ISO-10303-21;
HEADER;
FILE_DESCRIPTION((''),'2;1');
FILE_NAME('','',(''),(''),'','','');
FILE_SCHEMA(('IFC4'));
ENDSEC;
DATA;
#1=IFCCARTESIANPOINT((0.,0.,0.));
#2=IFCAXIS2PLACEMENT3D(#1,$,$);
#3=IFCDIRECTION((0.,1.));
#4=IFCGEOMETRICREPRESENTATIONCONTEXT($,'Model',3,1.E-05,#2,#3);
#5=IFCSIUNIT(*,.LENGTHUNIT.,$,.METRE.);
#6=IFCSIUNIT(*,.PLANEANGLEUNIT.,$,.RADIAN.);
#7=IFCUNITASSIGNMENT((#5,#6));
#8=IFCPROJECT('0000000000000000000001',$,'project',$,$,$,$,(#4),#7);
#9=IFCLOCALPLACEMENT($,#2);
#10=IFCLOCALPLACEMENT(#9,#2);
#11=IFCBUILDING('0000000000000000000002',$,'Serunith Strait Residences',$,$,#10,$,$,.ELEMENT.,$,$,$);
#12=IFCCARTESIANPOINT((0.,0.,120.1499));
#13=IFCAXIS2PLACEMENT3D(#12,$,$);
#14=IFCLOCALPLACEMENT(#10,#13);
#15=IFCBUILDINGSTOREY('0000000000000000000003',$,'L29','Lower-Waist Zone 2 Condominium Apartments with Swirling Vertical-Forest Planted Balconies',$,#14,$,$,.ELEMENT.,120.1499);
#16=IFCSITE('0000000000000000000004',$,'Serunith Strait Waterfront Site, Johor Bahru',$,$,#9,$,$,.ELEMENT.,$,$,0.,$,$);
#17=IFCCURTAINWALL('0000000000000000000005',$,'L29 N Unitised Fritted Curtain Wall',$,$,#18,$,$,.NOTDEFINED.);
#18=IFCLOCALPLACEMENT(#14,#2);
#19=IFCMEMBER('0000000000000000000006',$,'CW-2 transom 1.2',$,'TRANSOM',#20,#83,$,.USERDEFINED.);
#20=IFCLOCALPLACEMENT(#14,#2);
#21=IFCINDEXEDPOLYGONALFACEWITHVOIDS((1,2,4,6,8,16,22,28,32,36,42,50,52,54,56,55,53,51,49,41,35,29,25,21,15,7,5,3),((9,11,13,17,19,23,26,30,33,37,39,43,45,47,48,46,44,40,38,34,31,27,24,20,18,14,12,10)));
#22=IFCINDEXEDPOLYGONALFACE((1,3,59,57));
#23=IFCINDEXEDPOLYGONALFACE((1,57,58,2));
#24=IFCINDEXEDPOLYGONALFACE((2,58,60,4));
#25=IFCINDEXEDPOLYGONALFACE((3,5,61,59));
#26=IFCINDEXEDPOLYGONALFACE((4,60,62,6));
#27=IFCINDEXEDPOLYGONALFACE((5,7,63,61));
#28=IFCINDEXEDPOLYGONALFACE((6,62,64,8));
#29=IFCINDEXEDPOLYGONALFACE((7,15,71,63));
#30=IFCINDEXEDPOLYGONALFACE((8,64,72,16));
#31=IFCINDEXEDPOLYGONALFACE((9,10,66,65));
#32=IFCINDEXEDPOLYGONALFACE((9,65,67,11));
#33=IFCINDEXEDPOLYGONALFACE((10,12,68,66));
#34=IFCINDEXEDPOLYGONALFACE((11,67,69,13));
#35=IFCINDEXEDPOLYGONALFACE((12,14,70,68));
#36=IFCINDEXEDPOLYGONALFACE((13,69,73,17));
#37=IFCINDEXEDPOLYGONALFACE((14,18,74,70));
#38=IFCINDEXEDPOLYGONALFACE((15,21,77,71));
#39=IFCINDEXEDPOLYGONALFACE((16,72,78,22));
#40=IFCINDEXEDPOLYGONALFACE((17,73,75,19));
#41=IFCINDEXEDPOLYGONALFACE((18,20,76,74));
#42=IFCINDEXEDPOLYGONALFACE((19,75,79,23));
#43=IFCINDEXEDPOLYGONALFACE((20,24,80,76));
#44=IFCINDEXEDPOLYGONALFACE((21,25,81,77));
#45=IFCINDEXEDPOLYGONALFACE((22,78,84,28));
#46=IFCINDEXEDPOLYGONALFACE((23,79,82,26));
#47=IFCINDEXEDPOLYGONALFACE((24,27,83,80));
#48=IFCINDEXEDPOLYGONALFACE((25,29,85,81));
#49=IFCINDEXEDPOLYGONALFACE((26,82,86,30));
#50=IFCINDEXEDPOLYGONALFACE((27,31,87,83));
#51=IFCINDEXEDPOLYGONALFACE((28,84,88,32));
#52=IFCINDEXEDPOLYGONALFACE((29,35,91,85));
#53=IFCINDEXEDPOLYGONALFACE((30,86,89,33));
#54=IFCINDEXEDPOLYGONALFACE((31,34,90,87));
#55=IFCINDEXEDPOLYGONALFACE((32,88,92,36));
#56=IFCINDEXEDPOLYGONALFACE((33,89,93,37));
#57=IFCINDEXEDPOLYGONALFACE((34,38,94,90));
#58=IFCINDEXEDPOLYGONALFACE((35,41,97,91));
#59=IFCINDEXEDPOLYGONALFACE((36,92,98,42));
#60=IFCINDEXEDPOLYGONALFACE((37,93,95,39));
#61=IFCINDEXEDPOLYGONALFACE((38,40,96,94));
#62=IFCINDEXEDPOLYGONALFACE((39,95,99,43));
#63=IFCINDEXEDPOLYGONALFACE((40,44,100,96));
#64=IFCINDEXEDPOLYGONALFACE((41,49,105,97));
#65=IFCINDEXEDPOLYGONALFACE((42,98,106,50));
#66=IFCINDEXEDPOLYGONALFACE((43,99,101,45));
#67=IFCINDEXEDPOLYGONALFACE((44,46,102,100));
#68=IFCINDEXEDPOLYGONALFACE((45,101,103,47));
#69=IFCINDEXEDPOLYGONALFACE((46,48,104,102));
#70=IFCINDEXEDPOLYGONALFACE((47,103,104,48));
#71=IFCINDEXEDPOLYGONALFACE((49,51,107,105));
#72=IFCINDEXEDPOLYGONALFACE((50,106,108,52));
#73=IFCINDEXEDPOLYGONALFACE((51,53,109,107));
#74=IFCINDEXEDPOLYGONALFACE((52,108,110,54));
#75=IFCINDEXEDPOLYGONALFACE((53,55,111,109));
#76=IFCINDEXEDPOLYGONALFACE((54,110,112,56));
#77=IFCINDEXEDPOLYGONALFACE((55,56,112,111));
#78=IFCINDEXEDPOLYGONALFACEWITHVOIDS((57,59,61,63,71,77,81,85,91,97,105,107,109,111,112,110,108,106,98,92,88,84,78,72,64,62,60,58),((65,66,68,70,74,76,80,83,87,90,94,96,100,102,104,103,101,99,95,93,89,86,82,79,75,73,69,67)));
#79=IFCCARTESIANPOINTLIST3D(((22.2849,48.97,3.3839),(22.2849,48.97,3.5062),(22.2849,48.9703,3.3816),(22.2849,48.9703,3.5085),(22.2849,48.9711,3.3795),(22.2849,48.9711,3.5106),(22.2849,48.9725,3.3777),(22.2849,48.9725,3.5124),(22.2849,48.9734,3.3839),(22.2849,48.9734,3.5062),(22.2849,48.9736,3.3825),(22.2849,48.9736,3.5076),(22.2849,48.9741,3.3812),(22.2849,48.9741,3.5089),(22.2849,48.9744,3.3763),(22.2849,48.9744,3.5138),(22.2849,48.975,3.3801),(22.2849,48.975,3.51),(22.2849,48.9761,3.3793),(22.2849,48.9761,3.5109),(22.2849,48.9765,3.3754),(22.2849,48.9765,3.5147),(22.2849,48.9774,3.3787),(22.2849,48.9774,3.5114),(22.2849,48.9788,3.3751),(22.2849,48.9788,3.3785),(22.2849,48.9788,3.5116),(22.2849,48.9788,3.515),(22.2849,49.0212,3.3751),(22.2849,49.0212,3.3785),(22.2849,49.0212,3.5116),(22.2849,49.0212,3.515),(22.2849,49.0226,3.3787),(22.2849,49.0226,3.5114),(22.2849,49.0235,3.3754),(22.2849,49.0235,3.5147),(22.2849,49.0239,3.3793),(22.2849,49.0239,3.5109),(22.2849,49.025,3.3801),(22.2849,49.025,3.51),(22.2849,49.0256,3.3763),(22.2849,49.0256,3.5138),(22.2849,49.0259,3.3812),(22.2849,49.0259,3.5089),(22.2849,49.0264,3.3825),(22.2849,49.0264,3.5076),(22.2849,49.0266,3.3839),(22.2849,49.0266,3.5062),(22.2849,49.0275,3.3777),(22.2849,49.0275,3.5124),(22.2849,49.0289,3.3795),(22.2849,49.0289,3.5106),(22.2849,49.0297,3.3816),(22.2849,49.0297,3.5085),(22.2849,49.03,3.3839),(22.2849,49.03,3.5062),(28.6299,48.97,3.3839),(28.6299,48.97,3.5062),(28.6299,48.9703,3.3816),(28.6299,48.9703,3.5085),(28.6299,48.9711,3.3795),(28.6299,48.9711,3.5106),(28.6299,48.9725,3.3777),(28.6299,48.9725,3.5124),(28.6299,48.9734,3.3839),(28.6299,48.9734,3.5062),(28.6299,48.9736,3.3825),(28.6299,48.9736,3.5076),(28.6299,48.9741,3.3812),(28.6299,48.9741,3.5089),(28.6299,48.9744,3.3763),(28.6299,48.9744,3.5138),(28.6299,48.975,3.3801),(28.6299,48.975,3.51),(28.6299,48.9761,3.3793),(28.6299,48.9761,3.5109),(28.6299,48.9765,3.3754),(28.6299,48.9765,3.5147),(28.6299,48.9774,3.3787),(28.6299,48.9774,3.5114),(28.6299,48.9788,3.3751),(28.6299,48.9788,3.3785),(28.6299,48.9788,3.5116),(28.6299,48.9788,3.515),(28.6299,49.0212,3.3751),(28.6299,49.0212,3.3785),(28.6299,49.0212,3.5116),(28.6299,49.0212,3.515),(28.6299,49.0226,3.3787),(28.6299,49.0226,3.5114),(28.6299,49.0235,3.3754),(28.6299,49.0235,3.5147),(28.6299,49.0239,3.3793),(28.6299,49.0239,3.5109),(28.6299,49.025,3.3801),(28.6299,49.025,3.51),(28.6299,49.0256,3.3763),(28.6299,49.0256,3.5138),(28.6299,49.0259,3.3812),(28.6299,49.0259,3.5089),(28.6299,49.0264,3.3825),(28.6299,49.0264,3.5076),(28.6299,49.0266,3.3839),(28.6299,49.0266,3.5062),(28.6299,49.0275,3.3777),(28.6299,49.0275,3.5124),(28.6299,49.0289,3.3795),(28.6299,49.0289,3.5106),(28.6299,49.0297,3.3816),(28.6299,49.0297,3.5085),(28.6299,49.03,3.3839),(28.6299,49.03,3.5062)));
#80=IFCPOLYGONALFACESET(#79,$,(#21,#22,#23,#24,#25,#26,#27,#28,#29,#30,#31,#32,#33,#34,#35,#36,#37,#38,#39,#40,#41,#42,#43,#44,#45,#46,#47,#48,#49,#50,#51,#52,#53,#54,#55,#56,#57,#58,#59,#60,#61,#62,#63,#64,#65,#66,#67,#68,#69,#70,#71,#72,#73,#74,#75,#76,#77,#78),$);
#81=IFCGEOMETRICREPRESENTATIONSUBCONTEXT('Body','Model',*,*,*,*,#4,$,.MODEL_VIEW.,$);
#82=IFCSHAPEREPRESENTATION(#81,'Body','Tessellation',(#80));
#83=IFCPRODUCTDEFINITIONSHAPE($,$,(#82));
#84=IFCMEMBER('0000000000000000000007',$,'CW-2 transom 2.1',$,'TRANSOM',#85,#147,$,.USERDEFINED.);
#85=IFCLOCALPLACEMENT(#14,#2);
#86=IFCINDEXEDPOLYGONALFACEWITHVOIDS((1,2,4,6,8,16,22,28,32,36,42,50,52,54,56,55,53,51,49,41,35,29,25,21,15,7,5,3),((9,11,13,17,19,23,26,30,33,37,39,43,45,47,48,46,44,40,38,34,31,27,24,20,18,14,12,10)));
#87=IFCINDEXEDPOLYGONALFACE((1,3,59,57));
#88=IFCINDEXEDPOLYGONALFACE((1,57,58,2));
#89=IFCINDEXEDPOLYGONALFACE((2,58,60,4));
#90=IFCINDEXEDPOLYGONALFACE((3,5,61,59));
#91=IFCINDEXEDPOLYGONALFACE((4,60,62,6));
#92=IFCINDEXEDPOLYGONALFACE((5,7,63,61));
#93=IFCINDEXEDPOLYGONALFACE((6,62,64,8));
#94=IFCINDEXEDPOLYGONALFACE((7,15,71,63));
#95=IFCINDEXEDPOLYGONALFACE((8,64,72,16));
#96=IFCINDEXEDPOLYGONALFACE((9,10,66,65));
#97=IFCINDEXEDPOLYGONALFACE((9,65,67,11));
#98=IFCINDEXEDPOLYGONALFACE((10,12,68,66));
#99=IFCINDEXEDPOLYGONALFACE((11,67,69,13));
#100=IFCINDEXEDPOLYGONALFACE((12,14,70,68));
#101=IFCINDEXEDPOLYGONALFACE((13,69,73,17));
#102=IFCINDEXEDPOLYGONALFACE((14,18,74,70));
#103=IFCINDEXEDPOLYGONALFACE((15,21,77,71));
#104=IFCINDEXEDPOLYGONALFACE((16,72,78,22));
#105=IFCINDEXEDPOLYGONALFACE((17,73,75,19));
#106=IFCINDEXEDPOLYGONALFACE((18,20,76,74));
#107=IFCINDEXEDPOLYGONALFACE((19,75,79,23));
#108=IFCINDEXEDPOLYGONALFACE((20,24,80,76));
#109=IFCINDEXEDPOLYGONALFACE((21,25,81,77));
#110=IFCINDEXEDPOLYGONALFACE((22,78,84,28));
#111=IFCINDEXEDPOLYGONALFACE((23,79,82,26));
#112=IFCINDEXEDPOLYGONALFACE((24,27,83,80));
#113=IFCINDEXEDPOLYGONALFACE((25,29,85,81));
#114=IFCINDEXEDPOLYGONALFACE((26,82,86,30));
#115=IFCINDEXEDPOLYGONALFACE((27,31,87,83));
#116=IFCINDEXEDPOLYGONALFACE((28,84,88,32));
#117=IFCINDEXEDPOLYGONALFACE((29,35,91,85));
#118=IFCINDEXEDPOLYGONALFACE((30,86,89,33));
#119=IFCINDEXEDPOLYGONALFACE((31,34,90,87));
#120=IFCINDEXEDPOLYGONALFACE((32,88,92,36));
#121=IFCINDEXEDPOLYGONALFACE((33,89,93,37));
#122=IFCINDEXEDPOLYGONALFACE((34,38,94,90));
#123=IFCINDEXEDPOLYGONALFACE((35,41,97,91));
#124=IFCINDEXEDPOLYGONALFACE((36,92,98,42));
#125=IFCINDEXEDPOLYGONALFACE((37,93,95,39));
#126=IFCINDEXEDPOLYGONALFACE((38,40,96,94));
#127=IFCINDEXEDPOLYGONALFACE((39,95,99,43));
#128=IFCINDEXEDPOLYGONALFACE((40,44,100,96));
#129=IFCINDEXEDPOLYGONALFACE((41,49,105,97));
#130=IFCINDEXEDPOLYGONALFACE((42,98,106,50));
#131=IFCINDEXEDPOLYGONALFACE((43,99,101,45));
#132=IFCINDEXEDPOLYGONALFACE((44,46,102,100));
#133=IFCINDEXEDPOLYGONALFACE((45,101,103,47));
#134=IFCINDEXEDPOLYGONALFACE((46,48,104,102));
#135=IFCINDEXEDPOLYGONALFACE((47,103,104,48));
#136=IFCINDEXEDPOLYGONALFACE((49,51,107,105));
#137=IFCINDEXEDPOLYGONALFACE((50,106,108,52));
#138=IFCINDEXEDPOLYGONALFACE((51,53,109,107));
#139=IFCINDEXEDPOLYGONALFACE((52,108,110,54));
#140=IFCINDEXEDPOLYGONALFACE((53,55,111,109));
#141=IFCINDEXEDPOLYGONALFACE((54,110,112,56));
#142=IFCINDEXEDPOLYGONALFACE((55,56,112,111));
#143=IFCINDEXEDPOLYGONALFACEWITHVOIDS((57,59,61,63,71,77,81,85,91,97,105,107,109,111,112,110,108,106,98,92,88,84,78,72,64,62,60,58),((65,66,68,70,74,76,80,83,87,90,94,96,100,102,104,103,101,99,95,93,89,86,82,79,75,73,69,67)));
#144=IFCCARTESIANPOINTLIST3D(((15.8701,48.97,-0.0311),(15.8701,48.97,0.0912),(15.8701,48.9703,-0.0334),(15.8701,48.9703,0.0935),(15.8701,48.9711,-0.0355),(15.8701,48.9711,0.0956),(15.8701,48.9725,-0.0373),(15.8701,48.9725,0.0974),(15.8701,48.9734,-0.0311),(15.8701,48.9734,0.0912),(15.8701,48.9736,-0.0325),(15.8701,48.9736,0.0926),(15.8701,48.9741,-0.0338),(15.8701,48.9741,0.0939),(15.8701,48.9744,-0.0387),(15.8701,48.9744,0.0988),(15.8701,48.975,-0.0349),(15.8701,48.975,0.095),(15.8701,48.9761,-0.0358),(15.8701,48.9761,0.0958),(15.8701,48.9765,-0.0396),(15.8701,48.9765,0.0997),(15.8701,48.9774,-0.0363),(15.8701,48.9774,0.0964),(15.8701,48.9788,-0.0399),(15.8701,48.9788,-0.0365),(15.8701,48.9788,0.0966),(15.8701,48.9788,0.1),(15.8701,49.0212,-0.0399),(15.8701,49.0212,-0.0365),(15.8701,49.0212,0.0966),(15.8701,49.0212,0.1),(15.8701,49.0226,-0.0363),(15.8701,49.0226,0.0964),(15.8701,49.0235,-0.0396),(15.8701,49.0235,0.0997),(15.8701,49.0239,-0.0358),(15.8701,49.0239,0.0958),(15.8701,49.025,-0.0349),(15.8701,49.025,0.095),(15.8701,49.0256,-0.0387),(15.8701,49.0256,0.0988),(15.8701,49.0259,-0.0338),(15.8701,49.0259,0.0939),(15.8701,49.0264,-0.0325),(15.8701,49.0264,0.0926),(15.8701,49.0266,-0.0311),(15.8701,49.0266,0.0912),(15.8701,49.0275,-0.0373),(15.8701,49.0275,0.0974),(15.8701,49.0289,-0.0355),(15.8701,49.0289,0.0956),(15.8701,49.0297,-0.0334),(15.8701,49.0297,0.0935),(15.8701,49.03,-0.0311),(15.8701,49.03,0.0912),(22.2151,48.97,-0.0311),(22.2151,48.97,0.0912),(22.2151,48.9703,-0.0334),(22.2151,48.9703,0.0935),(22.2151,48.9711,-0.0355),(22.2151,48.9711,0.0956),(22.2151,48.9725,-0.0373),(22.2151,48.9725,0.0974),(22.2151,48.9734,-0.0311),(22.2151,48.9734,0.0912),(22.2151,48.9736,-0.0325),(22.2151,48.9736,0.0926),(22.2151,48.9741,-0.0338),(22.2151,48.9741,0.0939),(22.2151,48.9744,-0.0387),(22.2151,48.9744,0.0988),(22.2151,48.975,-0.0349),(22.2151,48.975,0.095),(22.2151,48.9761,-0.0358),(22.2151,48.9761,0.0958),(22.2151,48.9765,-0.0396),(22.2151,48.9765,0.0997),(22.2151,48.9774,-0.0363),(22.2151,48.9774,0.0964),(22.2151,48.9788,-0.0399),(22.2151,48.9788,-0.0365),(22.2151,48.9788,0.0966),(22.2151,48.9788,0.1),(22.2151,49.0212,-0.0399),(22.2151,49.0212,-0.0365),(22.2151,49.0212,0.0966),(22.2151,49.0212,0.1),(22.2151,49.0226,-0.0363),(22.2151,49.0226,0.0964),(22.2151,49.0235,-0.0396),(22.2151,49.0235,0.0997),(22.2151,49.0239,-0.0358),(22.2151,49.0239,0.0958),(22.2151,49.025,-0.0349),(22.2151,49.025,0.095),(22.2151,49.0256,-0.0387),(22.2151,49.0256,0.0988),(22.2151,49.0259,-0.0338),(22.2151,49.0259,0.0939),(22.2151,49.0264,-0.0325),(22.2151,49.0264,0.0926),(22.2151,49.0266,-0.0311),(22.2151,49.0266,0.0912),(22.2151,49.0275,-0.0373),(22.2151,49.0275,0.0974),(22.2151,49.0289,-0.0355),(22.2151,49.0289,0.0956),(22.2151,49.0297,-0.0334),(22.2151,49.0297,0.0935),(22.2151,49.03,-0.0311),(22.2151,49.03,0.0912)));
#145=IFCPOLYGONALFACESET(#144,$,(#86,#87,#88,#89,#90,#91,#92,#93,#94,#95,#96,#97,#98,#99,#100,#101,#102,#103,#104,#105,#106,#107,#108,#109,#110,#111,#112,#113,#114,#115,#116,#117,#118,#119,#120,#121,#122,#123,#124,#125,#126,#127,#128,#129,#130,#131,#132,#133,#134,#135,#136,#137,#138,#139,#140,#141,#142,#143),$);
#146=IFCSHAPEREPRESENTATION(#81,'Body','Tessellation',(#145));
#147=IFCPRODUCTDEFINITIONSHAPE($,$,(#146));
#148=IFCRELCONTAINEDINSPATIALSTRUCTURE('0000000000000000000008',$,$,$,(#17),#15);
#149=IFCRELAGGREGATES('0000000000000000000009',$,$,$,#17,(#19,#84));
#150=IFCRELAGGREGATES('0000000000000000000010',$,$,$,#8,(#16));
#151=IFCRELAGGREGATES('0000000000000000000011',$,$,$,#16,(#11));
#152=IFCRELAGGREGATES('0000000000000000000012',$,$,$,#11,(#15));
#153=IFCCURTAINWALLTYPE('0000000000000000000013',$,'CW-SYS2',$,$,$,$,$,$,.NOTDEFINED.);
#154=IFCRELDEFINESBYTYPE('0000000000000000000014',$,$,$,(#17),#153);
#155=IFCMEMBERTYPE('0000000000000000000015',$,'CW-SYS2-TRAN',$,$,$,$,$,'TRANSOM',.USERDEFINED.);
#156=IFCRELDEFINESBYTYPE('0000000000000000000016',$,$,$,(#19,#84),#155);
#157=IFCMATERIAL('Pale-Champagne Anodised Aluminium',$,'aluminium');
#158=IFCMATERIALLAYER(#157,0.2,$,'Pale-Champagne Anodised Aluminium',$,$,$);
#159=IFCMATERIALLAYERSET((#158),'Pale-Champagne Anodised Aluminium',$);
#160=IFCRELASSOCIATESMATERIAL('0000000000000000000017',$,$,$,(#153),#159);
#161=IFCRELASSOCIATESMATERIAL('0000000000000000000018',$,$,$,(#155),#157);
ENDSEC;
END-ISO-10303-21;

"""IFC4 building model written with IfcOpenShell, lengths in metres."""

from ifc_helpers import new_model, si_unit, direction, frame, origin, origin_2d, place, context, subcontext, project, spatial, hollow_rectangle, extrude, source, transform, mapped, material, layer, layer_set, material_profile, profile_set, type_object, element, aggregate, save


model = new_model("IFC4")

# Units and contexts
model_context = context("Model", 3, precision=1e-05, world=origin(), true_north=direction((0.0, 1.0)))
body_context = subcontext(model_context, "Body", "Model", "MODEL_VIEW")
ifc_project = project(units=[si_unit("LENGTHUNIT", "METRE"), si_unit("PLANEANGLEUNIT", "RADIAN")], contexts=[model_context])

# Site, building, storey
site_placement = place(None, origin())
site = spatial("IfcSite", under=ifc_project, at=site_placement, Name="Serunith Strait Waterfront Site, Johor Bahru", CompositionType="ELEMENT", RefElevation=0.0)
building_placement = place(site_placement, origin())
building = spatial("IfcBuilding", under=site, at=building_placement, Name="Serunith Strait Residences", CompositionType="ELEMENT")
storey_placement = place(building_placement, frame((0.0, 0.0, 120.1499)))
storey = spatial("IfcBuildingStorey", under=building, at=storey_placement, Name="L29", Description="Lower-Waist Zone 2 Condominium Apartments with Swirling Vertical-Forest Planted Balconies", CompositionType="ELEMENT", Elevation=120.1499)

# Curtain wall, members
ifc_material_1 = material(Name="Pale-Champagne Anodised Aluminium", Category="aluminium")
ifc_layer_1 = layer(ifc_material_1, 0.2, Name="Pale-Champagne Anodised Aluminium")
ifc_layer_set_1 = layer_set([ifc_layer_1], Name="Pale-Champagne Anodised Aluminium")
curtain_wall_type = type_object("IfcCurtainWallType", Name="CW-SYS2", PredefinedType="NOTDEFINED", material=ifc_layer_set_1)
curtain_wall_placement = place(storey_placement, origin())
curtain_wall = element("IfcCurtainWall", 1, at=curtain_wall_placement, inside=storey, type_object=curtain_wall_type, Name="L29 N Unitised Fritted Curtain Wall", PredefinedType="NOTDEFINED")
ifc_material_profile_1 = material_profile(ifc_material_1, hollow_rectangle(XDim=0.0601, YDim=0.1399, WallThickness=0.0034, InnerFilletRadius=0.0054, OuterFilletRadius=0.0088, at=origin_2d()), Name="ALU 140x60x3.5")
ifc_profile_set_1 = profile_set([ifc_material_profile_1], Name="Pale-Champagne Anodised Aluminium")
member_type_1 = type_object("IfcMemberType", Name="CW-SYS2-TRAN", ElementType="TRANSOM", PredefinedType="USERDEFINED", material=ifc_profile_set_1)
shared_shape_1 = source(origin(), body_context, "Body", "SweptSolid", [
    extrude(hollow_rectangle(XDim=0.0601, YDim=0.1399, WallThickness=0.0034, InnerFilletRadius=0.0054, OuterFilletRadius=0.0088, at=origin_2d()), origin(), (0.0, 0.0, 1.0), 6.345),
])
member_1_placement = place(storey_placement, frame((28.6299, 49.0, 3.4451), z_axis=(-1.0, 0.0, 0.0), x_axis=(0.0, -1.0, 0.0)))
member_1 = element("IfcMember", 2, at=member_1_placement, type_object=member_type_1, Name="CW-2 transom 1.2", ObjectType="TRANSOM", PredefinedType="USERDEFINED", context=body_context, shape_type="MappedRepresentation", body=[
    mapped(shared_shape_1, transform((0.0, 0.0, 0.0), scale=1.0)),
])
member_2_placement = place(storey_placement, frame((22.2151, 49.0, 0.03), z_axis=(-1.0, 0.0, 0.0), x_axis=(0.0, -1.0, 0.0)))
member_2 = element("IfcMember", 3, at=member_2_placement, type_object=member_type_1, Name="CW-2 transom 2.1", ObjectType="TRANSOM", PredefinedType="USERDEFINED", context=body_context, shape_type="MappedRepresentation", body=[
    mapped(shared_shape_1, transform((0.0, 0.0, 0.0), scale=1.0)),
])
aggregate(curtain_wall, [member_1, member_2])

save(model, "model.ifc")
